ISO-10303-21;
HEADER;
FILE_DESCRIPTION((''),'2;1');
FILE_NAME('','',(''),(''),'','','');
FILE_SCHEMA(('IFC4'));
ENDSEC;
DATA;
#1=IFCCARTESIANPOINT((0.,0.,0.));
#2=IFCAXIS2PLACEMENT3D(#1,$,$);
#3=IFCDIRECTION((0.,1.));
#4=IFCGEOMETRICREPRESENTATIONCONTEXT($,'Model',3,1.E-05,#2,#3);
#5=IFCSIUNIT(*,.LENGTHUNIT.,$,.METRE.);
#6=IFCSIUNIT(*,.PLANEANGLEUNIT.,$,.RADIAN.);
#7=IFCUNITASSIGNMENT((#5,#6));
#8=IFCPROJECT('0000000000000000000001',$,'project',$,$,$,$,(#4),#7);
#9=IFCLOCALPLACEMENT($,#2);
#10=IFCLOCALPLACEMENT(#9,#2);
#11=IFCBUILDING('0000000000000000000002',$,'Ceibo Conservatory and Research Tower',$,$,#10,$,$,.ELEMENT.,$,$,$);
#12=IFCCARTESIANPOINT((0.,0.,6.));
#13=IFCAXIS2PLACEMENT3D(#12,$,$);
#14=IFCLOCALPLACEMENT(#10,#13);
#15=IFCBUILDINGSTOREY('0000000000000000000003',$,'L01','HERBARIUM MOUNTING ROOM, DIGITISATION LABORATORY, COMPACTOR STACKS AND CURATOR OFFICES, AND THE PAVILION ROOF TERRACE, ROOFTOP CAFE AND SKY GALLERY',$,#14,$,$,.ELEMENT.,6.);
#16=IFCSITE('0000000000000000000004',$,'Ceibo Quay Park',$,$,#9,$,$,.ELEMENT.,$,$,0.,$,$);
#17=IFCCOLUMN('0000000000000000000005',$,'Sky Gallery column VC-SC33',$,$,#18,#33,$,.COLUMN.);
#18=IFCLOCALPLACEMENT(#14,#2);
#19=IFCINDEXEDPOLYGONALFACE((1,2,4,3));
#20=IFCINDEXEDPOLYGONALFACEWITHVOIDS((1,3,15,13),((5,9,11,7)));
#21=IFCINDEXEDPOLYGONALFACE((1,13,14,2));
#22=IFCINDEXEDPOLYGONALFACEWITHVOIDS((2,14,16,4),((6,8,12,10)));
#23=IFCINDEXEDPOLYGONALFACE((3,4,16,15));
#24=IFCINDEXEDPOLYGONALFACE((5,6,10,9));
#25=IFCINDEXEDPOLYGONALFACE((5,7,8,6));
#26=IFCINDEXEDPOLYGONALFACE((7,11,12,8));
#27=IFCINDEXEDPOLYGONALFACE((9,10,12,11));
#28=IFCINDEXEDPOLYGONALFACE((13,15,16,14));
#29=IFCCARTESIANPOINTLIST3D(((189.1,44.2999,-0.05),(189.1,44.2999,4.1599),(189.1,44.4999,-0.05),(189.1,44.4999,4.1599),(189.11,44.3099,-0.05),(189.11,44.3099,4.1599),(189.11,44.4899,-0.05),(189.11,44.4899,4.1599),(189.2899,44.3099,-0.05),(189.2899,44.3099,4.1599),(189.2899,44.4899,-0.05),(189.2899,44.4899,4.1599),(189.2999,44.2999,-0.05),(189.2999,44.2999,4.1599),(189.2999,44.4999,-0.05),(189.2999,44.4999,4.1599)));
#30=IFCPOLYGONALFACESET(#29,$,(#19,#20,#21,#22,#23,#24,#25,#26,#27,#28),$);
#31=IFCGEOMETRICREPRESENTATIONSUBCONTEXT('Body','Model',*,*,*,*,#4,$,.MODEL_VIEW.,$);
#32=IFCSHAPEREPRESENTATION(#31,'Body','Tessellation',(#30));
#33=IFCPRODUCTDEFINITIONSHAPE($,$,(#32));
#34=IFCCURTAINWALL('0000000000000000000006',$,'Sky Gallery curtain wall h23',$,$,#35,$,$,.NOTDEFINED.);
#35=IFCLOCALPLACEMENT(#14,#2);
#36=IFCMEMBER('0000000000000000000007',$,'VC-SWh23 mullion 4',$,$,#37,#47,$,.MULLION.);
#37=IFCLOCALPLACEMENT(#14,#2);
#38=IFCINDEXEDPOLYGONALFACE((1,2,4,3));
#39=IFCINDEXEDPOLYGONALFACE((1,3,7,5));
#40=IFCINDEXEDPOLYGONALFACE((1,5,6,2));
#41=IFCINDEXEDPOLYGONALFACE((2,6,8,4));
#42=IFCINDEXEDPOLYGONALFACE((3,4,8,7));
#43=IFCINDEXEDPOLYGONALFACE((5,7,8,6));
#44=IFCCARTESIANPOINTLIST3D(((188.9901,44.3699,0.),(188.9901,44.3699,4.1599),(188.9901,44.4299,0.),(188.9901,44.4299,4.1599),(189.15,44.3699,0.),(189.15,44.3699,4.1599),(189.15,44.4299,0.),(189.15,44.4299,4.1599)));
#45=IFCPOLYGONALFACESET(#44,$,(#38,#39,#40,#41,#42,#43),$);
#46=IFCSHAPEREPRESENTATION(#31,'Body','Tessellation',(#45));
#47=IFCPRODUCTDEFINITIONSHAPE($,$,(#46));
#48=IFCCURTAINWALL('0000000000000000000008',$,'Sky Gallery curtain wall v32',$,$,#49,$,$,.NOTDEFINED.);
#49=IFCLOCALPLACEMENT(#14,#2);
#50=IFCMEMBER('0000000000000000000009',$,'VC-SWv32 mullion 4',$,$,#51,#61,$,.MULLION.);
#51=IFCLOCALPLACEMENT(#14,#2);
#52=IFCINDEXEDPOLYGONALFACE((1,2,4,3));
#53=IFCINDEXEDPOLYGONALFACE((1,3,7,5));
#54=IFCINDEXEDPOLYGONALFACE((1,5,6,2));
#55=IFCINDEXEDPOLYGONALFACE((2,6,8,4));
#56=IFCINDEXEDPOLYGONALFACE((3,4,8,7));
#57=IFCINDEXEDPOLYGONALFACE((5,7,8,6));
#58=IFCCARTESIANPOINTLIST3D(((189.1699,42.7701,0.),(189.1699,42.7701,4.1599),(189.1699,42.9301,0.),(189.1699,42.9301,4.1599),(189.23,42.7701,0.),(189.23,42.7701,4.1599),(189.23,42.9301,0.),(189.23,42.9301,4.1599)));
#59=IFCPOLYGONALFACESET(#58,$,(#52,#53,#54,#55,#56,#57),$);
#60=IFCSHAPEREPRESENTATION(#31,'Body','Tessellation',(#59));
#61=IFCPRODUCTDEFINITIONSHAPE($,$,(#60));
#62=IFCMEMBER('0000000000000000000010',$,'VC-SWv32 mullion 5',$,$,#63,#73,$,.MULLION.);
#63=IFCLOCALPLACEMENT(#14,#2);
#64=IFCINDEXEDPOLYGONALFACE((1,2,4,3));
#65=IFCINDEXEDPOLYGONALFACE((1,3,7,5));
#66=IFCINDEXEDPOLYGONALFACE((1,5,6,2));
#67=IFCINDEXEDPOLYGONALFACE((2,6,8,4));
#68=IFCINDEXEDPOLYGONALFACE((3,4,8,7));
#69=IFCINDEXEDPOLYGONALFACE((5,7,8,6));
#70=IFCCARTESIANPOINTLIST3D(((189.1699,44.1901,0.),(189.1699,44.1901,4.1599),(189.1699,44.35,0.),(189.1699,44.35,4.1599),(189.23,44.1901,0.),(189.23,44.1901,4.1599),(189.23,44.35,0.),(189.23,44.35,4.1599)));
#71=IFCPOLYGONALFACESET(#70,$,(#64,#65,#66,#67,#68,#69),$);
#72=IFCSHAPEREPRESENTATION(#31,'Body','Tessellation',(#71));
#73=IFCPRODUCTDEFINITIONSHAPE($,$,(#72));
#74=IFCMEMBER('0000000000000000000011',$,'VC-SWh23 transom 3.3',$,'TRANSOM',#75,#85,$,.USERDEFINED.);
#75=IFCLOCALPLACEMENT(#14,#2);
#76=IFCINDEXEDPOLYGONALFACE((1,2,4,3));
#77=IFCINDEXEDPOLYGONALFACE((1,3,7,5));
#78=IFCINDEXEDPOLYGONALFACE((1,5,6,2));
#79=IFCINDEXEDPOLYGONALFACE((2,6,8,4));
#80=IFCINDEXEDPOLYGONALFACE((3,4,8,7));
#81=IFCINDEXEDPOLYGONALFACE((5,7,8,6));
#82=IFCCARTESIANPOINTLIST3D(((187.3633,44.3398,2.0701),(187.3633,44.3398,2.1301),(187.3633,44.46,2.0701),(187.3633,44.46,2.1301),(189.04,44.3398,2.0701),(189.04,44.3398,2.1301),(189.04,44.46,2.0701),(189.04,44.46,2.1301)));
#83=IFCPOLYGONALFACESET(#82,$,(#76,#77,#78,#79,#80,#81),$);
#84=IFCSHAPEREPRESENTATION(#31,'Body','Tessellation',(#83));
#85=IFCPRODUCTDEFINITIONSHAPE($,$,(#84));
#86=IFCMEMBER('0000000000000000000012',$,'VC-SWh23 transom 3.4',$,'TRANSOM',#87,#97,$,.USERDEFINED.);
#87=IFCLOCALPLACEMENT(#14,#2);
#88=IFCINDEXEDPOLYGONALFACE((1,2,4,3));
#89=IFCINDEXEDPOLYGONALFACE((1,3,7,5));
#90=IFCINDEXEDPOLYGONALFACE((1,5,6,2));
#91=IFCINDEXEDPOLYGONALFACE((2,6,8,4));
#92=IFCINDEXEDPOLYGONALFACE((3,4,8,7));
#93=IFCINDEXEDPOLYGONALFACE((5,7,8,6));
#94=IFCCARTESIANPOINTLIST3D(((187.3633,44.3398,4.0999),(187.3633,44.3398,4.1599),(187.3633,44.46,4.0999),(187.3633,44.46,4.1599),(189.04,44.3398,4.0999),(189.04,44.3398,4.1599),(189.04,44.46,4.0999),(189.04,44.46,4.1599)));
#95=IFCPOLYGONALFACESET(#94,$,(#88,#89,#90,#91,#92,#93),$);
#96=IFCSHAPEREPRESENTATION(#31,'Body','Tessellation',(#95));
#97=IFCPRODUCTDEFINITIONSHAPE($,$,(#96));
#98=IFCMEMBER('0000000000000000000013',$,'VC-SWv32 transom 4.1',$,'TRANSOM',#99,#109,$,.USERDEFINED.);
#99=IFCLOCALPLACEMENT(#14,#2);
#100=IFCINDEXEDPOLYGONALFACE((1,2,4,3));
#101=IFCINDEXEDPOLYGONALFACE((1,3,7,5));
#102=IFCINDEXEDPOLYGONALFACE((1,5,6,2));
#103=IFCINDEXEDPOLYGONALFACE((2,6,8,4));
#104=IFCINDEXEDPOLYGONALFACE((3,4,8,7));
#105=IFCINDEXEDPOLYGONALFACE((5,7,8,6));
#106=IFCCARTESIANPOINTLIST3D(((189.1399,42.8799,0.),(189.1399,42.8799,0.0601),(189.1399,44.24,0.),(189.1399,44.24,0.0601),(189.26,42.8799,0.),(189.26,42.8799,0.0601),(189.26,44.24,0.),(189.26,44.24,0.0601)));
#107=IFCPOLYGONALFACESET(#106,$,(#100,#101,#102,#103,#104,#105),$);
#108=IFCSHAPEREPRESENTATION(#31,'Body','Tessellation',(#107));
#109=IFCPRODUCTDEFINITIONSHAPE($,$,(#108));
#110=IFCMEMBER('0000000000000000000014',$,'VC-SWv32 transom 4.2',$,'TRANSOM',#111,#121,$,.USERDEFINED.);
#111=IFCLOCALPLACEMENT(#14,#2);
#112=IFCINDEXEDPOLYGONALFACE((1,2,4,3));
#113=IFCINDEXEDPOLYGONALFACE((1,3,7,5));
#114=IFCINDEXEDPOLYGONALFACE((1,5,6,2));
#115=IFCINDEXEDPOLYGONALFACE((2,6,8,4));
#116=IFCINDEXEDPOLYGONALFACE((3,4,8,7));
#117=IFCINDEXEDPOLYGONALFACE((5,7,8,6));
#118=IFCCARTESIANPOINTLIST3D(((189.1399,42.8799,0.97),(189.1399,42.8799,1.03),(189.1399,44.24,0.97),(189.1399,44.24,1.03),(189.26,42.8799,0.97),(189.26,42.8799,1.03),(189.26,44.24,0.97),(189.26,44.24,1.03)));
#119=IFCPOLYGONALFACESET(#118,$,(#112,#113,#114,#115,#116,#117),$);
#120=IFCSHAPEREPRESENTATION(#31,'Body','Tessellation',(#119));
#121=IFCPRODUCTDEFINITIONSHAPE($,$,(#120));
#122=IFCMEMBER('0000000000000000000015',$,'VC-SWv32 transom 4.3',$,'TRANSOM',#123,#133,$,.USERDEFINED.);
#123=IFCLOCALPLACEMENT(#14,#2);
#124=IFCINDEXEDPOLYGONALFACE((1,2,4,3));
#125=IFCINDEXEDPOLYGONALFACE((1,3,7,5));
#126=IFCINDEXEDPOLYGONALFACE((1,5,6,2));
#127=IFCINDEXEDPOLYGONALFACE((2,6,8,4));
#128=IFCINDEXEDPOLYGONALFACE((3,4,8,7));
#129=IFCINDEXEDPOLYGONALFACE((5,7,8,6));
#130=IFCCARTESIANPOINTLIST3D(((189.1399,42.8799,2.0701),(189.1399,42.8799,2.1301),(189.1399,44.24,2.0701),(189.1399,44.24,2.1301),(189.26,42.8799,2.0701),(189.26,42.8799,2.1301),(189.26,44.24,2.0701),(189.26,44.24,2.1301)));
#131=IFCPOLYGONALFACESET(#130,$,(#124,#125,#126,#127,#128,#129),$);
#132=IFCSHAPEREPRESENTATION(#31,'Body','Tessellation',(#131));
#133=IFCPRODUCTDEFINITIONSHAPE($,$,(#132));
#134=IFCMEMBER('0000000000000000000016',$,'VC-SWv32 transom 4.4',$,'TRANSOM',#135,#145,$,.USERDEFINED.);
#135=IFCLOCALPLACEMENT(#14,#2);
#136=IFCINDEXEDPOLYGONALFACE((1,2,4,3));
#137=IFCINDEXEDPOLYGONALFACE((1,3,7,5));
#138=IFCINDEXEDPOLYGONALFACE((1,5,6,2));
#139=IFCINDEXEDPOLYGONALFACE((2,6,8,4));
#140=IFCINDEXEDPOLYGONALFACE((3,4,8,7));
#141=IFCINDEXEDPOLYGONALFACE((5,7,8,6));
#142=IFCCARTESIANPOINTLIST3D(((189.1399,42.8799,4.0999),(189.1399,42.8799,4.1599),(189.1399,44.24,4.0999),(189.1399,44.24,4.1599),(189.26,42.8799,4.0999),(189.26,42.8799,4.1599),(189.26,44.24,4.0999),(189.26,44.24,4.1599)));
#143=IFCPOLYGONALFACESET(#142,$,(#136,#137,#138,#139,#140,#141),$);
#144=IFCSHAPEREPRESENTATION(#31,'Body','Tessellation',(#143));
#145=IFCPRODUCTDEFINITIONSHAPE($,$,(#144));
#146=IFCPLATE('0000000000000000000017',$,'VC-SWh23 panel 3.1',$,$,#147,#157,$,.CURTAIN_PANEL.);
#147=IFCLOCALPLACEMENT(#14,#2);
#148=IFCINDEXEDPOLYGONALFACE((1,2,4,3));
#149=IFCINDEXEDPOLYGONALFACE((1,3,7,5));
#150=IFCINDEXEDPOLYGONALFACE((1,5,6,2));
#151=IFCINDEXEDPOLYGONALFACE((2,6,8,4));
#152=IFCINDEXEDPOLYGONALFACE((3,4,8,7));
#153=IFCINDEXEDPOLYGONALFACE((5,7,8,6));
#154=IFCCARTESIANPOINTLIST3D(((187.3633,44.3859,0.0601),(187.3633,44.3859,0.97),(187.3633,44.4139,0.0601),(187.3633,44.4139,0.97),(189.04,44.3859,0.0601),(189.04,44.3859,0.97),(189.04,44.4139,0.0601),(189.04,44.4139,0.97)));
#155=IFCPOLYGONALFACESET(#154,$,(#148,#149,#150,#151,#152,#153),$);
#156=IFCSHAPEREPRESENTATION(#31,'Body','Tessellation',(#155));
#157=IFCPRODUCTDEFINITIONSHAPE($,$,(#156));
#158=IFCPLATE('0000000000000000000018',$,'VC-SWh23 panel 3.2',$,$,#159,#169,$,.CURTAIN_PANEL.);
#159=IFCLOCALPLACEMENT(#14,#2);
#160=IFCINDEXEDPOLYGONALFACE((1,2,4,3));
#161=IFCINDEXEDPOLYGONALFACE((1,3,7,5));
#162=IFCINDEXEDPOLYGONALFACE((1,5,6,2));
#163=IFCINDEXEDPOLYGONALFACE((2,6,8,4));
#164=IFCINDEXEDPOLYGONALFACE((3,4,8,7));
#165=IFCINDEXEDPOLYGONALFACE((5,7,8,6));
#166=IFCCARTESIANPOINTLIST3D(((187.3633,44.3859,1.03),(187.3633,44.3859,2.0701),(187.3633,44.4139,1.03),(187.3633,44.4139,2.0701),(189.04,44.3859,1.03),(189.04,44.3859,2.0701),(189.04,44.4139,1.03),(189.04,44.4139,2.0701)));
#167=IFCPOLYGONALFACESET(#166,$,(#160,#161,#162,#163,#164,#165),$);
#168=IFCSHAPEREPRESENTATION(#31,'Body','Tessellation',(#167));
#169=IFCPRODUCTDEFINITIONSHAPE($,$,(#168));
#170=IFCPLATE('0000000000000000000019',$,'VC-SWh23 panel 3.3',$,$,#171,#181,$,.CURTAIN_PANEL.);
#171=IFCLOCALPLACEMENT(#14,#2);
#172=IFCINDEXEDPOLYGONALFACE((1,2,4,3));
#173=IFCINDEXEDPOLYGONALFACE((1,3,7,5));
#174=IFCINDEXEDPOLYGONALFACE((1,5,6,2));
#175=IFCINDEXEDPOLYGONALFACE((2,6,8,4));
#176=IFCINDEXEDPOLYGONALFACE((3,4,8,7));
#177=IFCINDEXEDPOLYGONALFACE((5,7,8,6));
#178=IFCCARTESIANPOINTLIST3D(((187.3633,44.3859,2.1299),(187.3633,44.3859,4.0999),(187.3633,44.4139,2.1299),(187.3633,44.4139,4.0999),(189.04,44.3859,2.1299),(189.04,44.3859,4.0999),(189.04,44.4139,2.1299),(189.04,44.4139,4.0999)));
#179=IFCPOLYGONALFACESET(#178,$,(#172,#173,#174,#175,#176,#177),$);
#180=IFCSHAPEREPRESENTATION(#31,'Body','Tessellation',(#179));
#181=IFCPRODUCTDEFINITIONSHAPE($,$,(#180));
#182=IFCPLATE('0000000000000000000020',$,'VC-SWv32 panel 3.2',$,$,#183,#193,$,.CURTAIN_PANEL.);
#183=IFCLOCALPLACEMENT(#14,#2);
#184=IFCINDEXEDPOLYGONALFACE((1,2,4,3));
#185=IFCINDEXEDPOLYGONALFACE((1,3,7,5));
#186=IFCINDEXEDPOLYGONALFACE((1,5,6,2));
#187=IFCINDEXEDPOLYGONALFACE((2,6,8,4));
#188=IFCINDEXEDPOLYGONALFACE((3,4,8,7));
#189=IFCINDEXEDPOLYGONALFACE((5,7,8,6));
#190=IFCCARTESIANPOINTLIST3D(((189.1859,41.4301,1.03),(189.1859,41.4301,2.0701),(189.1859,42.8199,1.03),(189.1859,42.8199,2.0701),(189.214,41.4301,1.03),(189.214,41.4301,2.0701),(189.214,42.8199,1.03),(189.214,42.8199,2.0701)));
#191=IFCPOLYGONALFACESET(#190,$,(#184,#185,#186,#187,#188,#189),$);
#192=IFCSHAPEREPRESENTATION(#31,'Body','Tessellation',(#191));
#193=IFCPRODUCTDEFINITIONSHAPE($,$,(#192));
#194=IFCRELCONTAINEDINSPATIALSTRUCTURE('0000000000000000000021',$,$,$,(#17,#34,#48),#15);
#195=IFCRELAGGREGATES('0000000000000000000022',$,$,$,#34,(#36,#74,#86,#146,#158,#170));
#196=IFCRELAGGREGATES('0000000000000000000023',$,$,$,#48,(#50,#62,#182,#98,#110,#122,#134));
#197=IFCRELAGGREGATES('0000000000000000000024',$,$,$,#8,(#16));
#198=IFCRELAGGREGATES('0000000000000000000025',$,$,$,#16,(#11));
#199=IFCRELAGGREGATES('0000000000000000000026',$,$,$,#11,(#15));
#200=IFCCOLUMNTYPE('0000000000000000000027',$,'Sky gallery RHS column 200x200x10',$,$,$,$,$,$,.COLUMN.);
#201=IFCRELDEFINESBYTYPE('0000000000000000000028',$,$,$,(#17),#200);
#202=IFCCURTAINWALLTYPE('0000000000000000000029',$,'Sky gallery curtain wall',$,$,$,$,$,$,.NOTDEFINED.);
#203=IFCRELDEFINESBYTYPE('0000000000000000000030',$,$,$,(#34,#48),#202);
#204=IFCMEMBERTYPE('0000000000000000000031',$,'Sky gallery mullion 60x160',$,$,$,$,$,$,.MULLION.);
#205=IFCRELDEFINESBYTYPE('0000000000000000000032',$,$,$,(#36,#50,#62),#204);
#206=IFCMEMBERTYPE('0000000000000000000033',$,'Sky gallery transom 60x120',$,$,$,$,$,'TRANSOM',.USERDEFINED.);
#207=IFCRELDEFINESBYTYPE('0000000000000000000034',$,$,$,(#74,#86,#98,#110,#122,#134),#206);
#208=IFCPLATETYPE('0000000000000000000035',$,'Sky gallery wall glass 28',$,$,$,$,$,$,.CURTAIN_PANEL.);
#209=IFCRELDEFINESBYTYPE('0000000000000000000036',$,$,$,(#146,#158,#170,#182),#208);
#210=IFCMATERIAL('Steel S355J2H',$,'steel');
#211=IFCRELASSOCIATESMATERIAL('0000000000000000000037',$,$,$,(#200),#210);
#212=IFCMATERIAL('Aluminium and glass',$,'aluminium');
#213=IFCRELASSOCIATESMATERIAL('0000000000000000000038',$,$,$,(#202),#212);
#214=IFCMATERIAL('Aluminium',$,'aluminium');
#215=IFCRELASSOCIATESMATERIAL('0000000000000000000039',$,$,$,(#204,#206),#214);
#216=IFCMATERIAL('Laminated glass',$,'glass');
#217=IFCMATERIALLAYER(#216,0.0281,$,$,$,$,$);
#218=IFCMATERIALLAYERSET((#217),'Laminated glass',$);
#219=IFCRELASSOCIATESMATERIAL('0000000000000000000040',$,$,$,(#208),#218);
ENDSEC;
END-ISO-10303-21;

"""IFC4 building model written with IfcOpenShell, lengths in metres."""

from ifc_helpers import new_model, si_unit, direction, frame, origin, origin_2d, place, context, subcontext, project, spatial, rectangle, hollow_rectangle, extrude, material, layer, layer_set, material_profile, profile_set, type_object, element, aggregate, save


model = new_model("IFC4")

# Units and contexts
model_context = context("Model", 3, precision=1e-05, world=origin(), true_north=direction((0.0, 1.0)))
body_context = subcontext(model_context, "Body", "Model", "MODEL_VIEW")
ifc_project = project(units=[si_unit("LENGTHUNIT", "METRE"), si_unit("PLANEANGLEUNIT", "RADIAN")], contexts=[model_context])

# Site, building, storey
site_placement = place(None, origin())
site = spatial("IfcSite", under=ifc_project, at=site_placement, Name="Ceibo Quay Park", CompositionType="ELEMENT", RefElevation=0.0)
building_placement = place(site_placement, origin())
building = spatial("IfcBuilding", under=site, at=building_placement, Name="Ceibo Conservatory and Research Tower", CompositionType="ELEMENT")
storey_placement = place(building_placement, frame((0.0, 0.0, 6.0)))
storey = spatial("IfcBuildingStorey", under=building, at=storey_placement, Name="L01", Description="HERBARIUM MOUNTING ROOM, DIGITISATION LABORATORY, COMPACTOR STACKS AND CURATOR OFFICES, AND THE PAVILION ROOF TERRACE, ROOFTOP CAFE AND SKY GALLERY", CompositionType="ELEMENT", Elevation=6.0)

# Column
ifc_material_1 = material(Name="Steel S355J2H", Category="steel")
ifc_material_profile_1 = material_profile(ifc_material_1, hollow_rectangle(XDim=0.2, YDim=0.2, WallThickness=0.01, at=origin_2d()), Name="Sky gallery RHS column 200x200x10")
ifc_profile_set_1 = profile_set([ifc_material_profile_1], Name="Steel S355J2H")
column_type = type_object("IfcColumnType", Name="Sky gallery RHS column 200x200x10", PredefinedType="COLUMN", material=ifc_profile_set_1)
column_placement = place(storey_placement, frame((189.2, 44.3999, -0.05), z_axis=(0.0, 0.0, 1.0), x_axis=(1.0, 0.0, 0.0)))
element("IfcColumn", 1, at=column_placement, inside=storey, type_object=column_type, Name="Sky Gallery column VC-SC33", PredefinedType="COLUMN", context=body_context, shape_type="SweptSolid", body=[
    extrude(hollow_rectangle(XDim=0.2, YDim=0.2, WallThickness=0.01, at=origin_2d()), origin(), (0.0, 0.0, 1.0), 4.21),
])

# Curtain wall, member
ifc_material_2 = material(Name="Aluminium and glass", Category="aluminium")
curtain_wall_type = type_object("IfcCurtainWallType", Name="Sky gallery curtain wall", PredefinedType="NOTDEFINED", material=ifc_material_2)
curtain_wall_1_placement = place(storey_placement, origin())
curtain_wall_1 = element("IfcCurtainWall", 2, at=curtain_wall_1_placement, inside=storey, type_object=curtain_wall_type, Name="Sky Gallery curtain wall h23", PredefinedType="NOTDEFINED")
ifc_material_3 = material(Name="Aluminium", Category="aluminium")
ifc_material_profile_2 = material_profile(ifc_material_3, rectangle(XDim=0.0601, YDim=0.1599, at=origin_2d()), Name="AL 60x160")
ifc_profile_set_2 = profile_set([ifc_material_profile_2], Name="Aluminium")
member_type_1 = type_object("IfcMemberType", Name="Sky gallery mullion 60x160", PredefinedType="MULLION", material=ifc_profile_set_2)
member_1_placement = place(storey_placement, frame((189.0701, 44.3999, 0.0), z_axis=(0.0, 0.0, 1.0), x_axis=(0.0, 1.0, 0.0)))
member_1 = element("IfcMember", 3, at=member_1_placement, type_object=member_type_1, Name="VC-SWh23 mullion 4", PredefinedType="MULLION", context=body_context, shape_type="SweptSolid", body=[
    extrude(rectangle(XDim=0.0601, YDim=0.1599, at=origin_2d()), origin(), (0.0, 0.0, 1.0), 4.1599),
])

# Curtain wall, members
curtain_wall_2_placement = place(storey_placement, origin())
curtain_wall_2 = element("IfcCurtainWall", 4, at=curtain_wall_2_placement, inside=storey, type_object=curtain_wall_type, Name="Sky Gallery curtain wall v32", PredefinedType="NOTDEFINED")
member_2_placement = place(storey_placement, frame((189.2, 42.8501, 0.0), z_axis=(0.0, 0.0, 1.0), x_axis=(-1.0, 0.0, 0.0)))
member_2 = element("IfcMember", 5, at=member_2_placement, type_object=member_type_1, Name="VC-SWv32 mullion 4", PredefinedType="MULLION", context=body_context, shape_type="SweptSolid", body=[
    extrude(rectangle(XDim=0.0601, YDim=0.1599, at=origin_2d()), origin(), (0.0, 0.0, 1.0), 4.1599),
])
member_3_placement = place(storey_placement, frame((189.2, 44.27, 0.0), z_axis=(0.0, 0.0, 1.0), x_axis=(-1.0, 0.0, 0.0)))
member_3 = element("IfcMember", 6, at=member_3_placement, type_object=member_type_1, Name="VC-SWv32 mullion 5", PredefinedType="MULLION", context=body_context, shape_type="SweptSolid", body=[
    extrude(rectangle(XDim=0.0601, YDim=0.1599, at=origin_2d()), origin(), (0.0, 0.0, 1.0), 4.1599),
])

# Members
ifc_material_profile_3 = material_profile(ifc_material_3, rectangle(XDim=0.1201, YDim=0.0601, at=origin_2d()), Name="AL 60x120")
ifc_profile_set_3 = profile_set([ifc_material_profile_3], Name="Aluminium")
member_type_2 = type_object("IfcMemberType", Name="Sky gallery transom 60x120", ElementType="TRANSOM", PredefinedType="USERDEFINED", material=ifc_profile_set_3)
member_4_placement = place(storey_placement, frame((187.3633, 44.3999, 2.1001), z_axis=(1.0, 0.0, 0.0), x_axis=(0.0, 1.0, 0.0)))
member_4 = element("IfcMember", 7, at=member_4_placement, type_object=member_type_2, Name="VC-SWh23 transom 3.3", ObjectType="TRANSOM", PredefinedType="USERDEFINED", context=body_context, shape_type="SweptSolid", body=[
    extrude(rectangle(XDim=0.1201, YDim=0.0601, at=origin_2d()), origin(), (0.0, 0.0, 1.0), 1.6768),
])
member_5_placement = place(storey_placement, frame((187.3633, 44.3999, 4.1299), z_axis=(1.0, 0.0, 0.0), x_axis=(0.0, 1.0, 0.0)))
member_5 = element("IfcMember", 8, at=member_5_placement, type_object=member_type_2, Name="VC-SWh23 transom 3.4", ObjectType="TRANSOM", PredefinedType="USERDEFINED", context=body_context, shape_type="SweptSolid", body=[
    extrude(rectangle(XDim=0.1201, YDim=0.0601, at=origin_2d()), origin(), (0.0, 0.0, 1.0), 1.6768),
])
member_6_placement = place(storey_placement, frame((189.2, 42.8799, 0.03), z_axis=(0.0, 1.0, 0.0), x_axis=(-1.0, 0.0, 0.0)))
member_6 = element("IfcMember", 9, at=member_6_placement, type_object=member_type_2, Name="VC-SWv32 transom 4.1", ObjectType="TRANSOM", PredefinedType="USERDEFINED", context=body_context, shape_type="SweptSolid", body=[
    extrude(rectangle(XDim=0.1201, YDim=0.0601, at=origin_2d()), origin(), (0.0, 0.0, 1.0), 1.3601),
])
member_7_placement = place(storey_placement, frame((189.2, 42.8799, 1.0), z_axis=(0.0, 1.0, 0.0), x_axis=(-1.0, 0.0, 0.0)))
member_7 = element("IfcMember", 10, at=member_7_placement, type_object=member_type_2, Name="VC-SWv32 transom 4.2", ObjectType="TRANSOM", PredefinedType="USERDEFINED", context=body_context, shape_type="SweptSolid", body=[
    extrude(rectangle(XDim=0.1201, YDim=0.0601, at=origin_2d()), origin(), (0.0, 0.0, 1.0), 1.3601),
])
member_8_placement = place(storey_placement, frame((189.2, 42.8799, 2.1001), z_axis=(0.0, 1.0, 0.0), x_axis=(-1.0, 0.0, 0.0)))
member_8 = element("IfcMember", 11, at=member_8_placement, type_object=member_type_2, Name="VC-SWv32 transom 4.3", ObjectType="TRANSOM", PredefinedType="USERDEFINED", context=body_context, shape_type="SweptSolid", body=[
    extrude(rectangle(XDim=0.1201, YDim=0.0601, at=origin_2d()), origin(), (0.0, 0.0, 1.0), 1.3601),
])
member_9_placement = place(storey_placement, frame((189.2, 42.8799, 4.1299), z_axis=(0.0, 1.0, 0.0), x_axis=(-1.0, 0.0, 0.0)))
member_9 = element("IfcMember", 12, at=member_9_placement, type_object=member_type_2, Name="VC-SWv32 transom 4.4", ObjectType="TRANSOM", PredefinedType="USERDEFINED", context=body_context, shape_type="SweptSolid", body=[
    extrude(rectangle(XDim=0.1201, YDim=0.0601, at=origin_2d()), origin(), (0.0, 0.0, 1.0), 1.3601),
])

# Plates
ifc_material_4 = material(Name="Laminated glass", Category="glass")
ifc_layer_1 = layer(ifc_material_4, 0.0281)
ifc_layer_set_1 = layer_set([ifc_layer_1], Name="Laminated glass")
plate_type = type_object("IfcPlateType", Name="Sky gallery wall glass 28", PredefinedType="CURTAIN_PANEL", material=ifc_layer_set_1)
plate_1_placement = place(storey_placement, frame((188.2017, 44.3999, 0.0601), z_axis=(0.0, 0.0, 1.0), x_axis=(1.0, 0.0, 0.0)))
plate_1 = element("IfcPlate", 13, at=plate_1_placement, type_object=plate_type, Name="VC-SWh23 panel 3.1", PredefinedType="CURTAIN_PANEL", context=body_context, shape_type="SweptSolid", body=[
    extrude(rectangle(XDim=1.6768, YDim=0.0281, at=origin_2d()), origin(), (0.0, 0.0, 1.0), 0.9099),
])
plate_2_placement = place(storey_placement, frame((188.2017, 44.3999, 1.03), z_axis=(0.0, 0.0, 1.0), x_axis=(1.0, 0.0, 0.0)))
plate_2 = element("IfcPlate", 14, at=plate_2_placement, type_object=plate_type, Name="VC-SWh23 panel 3.2", PredefinedType="CURTAIN_PANEL", context=body_context, shape_type="SweptSolid", body=[
    extrude(rectangle(XDim=1.6768, YDim=0.0281, at=origin_2d()), origin(), (0.0, 0.0, 1.0), 1.04),
])
plate_3_placement = place(storey_placement, frame((188.2017, 44.3999, 2.1299), z_axis=(0.0, 0.0, 1.0), x_axis=(1.0, 0.0, 0.0)))
plate_3 = element("IfcPlate", 15, at=plate_3_placement, type_object=plate_type, Name="VC-SWh23 panel 3.3", PredefinedType="CURTAIN_PANEL", context=body_context, shape_type="SweptSolid", body=[
    extrude(rectangle(XDim=1.6768, YDim=0.0281, at=origin_2d()), origin(), (0.0, 0.0, 1.0), 1.97),
])
aggregate(curtain_wall_1, [member_1, member_4, member_5, plate_1, plate_2, plate_3])
plate_4_placement = place(storey_placement, frame((189.2, 42.125, 1.03), z_axis=(0.0, 0.0, 1.0), x_axis=(0.0, 1.0, 0.0)))
plate_4 = element("IfcPlate", 16, at=plate_4_placement, type_object=plate_type, Name="VC-SWv32 panel 3.2", PredefinedType="CURTAIN_PANEL", context=body_context, shape_type="SweptSolid", body=[
    extrude(rectangle(XDim=1.3899, YDim=0.0281, at=origin_2d()), origin(), (0.0, 0.0, 1.0), 1.04),
])
aggregate(curtain_wall_2, [member_2, member_3, plate_4, member_6, member_7, member_8, member_9])

save(model, "model.ifc")
